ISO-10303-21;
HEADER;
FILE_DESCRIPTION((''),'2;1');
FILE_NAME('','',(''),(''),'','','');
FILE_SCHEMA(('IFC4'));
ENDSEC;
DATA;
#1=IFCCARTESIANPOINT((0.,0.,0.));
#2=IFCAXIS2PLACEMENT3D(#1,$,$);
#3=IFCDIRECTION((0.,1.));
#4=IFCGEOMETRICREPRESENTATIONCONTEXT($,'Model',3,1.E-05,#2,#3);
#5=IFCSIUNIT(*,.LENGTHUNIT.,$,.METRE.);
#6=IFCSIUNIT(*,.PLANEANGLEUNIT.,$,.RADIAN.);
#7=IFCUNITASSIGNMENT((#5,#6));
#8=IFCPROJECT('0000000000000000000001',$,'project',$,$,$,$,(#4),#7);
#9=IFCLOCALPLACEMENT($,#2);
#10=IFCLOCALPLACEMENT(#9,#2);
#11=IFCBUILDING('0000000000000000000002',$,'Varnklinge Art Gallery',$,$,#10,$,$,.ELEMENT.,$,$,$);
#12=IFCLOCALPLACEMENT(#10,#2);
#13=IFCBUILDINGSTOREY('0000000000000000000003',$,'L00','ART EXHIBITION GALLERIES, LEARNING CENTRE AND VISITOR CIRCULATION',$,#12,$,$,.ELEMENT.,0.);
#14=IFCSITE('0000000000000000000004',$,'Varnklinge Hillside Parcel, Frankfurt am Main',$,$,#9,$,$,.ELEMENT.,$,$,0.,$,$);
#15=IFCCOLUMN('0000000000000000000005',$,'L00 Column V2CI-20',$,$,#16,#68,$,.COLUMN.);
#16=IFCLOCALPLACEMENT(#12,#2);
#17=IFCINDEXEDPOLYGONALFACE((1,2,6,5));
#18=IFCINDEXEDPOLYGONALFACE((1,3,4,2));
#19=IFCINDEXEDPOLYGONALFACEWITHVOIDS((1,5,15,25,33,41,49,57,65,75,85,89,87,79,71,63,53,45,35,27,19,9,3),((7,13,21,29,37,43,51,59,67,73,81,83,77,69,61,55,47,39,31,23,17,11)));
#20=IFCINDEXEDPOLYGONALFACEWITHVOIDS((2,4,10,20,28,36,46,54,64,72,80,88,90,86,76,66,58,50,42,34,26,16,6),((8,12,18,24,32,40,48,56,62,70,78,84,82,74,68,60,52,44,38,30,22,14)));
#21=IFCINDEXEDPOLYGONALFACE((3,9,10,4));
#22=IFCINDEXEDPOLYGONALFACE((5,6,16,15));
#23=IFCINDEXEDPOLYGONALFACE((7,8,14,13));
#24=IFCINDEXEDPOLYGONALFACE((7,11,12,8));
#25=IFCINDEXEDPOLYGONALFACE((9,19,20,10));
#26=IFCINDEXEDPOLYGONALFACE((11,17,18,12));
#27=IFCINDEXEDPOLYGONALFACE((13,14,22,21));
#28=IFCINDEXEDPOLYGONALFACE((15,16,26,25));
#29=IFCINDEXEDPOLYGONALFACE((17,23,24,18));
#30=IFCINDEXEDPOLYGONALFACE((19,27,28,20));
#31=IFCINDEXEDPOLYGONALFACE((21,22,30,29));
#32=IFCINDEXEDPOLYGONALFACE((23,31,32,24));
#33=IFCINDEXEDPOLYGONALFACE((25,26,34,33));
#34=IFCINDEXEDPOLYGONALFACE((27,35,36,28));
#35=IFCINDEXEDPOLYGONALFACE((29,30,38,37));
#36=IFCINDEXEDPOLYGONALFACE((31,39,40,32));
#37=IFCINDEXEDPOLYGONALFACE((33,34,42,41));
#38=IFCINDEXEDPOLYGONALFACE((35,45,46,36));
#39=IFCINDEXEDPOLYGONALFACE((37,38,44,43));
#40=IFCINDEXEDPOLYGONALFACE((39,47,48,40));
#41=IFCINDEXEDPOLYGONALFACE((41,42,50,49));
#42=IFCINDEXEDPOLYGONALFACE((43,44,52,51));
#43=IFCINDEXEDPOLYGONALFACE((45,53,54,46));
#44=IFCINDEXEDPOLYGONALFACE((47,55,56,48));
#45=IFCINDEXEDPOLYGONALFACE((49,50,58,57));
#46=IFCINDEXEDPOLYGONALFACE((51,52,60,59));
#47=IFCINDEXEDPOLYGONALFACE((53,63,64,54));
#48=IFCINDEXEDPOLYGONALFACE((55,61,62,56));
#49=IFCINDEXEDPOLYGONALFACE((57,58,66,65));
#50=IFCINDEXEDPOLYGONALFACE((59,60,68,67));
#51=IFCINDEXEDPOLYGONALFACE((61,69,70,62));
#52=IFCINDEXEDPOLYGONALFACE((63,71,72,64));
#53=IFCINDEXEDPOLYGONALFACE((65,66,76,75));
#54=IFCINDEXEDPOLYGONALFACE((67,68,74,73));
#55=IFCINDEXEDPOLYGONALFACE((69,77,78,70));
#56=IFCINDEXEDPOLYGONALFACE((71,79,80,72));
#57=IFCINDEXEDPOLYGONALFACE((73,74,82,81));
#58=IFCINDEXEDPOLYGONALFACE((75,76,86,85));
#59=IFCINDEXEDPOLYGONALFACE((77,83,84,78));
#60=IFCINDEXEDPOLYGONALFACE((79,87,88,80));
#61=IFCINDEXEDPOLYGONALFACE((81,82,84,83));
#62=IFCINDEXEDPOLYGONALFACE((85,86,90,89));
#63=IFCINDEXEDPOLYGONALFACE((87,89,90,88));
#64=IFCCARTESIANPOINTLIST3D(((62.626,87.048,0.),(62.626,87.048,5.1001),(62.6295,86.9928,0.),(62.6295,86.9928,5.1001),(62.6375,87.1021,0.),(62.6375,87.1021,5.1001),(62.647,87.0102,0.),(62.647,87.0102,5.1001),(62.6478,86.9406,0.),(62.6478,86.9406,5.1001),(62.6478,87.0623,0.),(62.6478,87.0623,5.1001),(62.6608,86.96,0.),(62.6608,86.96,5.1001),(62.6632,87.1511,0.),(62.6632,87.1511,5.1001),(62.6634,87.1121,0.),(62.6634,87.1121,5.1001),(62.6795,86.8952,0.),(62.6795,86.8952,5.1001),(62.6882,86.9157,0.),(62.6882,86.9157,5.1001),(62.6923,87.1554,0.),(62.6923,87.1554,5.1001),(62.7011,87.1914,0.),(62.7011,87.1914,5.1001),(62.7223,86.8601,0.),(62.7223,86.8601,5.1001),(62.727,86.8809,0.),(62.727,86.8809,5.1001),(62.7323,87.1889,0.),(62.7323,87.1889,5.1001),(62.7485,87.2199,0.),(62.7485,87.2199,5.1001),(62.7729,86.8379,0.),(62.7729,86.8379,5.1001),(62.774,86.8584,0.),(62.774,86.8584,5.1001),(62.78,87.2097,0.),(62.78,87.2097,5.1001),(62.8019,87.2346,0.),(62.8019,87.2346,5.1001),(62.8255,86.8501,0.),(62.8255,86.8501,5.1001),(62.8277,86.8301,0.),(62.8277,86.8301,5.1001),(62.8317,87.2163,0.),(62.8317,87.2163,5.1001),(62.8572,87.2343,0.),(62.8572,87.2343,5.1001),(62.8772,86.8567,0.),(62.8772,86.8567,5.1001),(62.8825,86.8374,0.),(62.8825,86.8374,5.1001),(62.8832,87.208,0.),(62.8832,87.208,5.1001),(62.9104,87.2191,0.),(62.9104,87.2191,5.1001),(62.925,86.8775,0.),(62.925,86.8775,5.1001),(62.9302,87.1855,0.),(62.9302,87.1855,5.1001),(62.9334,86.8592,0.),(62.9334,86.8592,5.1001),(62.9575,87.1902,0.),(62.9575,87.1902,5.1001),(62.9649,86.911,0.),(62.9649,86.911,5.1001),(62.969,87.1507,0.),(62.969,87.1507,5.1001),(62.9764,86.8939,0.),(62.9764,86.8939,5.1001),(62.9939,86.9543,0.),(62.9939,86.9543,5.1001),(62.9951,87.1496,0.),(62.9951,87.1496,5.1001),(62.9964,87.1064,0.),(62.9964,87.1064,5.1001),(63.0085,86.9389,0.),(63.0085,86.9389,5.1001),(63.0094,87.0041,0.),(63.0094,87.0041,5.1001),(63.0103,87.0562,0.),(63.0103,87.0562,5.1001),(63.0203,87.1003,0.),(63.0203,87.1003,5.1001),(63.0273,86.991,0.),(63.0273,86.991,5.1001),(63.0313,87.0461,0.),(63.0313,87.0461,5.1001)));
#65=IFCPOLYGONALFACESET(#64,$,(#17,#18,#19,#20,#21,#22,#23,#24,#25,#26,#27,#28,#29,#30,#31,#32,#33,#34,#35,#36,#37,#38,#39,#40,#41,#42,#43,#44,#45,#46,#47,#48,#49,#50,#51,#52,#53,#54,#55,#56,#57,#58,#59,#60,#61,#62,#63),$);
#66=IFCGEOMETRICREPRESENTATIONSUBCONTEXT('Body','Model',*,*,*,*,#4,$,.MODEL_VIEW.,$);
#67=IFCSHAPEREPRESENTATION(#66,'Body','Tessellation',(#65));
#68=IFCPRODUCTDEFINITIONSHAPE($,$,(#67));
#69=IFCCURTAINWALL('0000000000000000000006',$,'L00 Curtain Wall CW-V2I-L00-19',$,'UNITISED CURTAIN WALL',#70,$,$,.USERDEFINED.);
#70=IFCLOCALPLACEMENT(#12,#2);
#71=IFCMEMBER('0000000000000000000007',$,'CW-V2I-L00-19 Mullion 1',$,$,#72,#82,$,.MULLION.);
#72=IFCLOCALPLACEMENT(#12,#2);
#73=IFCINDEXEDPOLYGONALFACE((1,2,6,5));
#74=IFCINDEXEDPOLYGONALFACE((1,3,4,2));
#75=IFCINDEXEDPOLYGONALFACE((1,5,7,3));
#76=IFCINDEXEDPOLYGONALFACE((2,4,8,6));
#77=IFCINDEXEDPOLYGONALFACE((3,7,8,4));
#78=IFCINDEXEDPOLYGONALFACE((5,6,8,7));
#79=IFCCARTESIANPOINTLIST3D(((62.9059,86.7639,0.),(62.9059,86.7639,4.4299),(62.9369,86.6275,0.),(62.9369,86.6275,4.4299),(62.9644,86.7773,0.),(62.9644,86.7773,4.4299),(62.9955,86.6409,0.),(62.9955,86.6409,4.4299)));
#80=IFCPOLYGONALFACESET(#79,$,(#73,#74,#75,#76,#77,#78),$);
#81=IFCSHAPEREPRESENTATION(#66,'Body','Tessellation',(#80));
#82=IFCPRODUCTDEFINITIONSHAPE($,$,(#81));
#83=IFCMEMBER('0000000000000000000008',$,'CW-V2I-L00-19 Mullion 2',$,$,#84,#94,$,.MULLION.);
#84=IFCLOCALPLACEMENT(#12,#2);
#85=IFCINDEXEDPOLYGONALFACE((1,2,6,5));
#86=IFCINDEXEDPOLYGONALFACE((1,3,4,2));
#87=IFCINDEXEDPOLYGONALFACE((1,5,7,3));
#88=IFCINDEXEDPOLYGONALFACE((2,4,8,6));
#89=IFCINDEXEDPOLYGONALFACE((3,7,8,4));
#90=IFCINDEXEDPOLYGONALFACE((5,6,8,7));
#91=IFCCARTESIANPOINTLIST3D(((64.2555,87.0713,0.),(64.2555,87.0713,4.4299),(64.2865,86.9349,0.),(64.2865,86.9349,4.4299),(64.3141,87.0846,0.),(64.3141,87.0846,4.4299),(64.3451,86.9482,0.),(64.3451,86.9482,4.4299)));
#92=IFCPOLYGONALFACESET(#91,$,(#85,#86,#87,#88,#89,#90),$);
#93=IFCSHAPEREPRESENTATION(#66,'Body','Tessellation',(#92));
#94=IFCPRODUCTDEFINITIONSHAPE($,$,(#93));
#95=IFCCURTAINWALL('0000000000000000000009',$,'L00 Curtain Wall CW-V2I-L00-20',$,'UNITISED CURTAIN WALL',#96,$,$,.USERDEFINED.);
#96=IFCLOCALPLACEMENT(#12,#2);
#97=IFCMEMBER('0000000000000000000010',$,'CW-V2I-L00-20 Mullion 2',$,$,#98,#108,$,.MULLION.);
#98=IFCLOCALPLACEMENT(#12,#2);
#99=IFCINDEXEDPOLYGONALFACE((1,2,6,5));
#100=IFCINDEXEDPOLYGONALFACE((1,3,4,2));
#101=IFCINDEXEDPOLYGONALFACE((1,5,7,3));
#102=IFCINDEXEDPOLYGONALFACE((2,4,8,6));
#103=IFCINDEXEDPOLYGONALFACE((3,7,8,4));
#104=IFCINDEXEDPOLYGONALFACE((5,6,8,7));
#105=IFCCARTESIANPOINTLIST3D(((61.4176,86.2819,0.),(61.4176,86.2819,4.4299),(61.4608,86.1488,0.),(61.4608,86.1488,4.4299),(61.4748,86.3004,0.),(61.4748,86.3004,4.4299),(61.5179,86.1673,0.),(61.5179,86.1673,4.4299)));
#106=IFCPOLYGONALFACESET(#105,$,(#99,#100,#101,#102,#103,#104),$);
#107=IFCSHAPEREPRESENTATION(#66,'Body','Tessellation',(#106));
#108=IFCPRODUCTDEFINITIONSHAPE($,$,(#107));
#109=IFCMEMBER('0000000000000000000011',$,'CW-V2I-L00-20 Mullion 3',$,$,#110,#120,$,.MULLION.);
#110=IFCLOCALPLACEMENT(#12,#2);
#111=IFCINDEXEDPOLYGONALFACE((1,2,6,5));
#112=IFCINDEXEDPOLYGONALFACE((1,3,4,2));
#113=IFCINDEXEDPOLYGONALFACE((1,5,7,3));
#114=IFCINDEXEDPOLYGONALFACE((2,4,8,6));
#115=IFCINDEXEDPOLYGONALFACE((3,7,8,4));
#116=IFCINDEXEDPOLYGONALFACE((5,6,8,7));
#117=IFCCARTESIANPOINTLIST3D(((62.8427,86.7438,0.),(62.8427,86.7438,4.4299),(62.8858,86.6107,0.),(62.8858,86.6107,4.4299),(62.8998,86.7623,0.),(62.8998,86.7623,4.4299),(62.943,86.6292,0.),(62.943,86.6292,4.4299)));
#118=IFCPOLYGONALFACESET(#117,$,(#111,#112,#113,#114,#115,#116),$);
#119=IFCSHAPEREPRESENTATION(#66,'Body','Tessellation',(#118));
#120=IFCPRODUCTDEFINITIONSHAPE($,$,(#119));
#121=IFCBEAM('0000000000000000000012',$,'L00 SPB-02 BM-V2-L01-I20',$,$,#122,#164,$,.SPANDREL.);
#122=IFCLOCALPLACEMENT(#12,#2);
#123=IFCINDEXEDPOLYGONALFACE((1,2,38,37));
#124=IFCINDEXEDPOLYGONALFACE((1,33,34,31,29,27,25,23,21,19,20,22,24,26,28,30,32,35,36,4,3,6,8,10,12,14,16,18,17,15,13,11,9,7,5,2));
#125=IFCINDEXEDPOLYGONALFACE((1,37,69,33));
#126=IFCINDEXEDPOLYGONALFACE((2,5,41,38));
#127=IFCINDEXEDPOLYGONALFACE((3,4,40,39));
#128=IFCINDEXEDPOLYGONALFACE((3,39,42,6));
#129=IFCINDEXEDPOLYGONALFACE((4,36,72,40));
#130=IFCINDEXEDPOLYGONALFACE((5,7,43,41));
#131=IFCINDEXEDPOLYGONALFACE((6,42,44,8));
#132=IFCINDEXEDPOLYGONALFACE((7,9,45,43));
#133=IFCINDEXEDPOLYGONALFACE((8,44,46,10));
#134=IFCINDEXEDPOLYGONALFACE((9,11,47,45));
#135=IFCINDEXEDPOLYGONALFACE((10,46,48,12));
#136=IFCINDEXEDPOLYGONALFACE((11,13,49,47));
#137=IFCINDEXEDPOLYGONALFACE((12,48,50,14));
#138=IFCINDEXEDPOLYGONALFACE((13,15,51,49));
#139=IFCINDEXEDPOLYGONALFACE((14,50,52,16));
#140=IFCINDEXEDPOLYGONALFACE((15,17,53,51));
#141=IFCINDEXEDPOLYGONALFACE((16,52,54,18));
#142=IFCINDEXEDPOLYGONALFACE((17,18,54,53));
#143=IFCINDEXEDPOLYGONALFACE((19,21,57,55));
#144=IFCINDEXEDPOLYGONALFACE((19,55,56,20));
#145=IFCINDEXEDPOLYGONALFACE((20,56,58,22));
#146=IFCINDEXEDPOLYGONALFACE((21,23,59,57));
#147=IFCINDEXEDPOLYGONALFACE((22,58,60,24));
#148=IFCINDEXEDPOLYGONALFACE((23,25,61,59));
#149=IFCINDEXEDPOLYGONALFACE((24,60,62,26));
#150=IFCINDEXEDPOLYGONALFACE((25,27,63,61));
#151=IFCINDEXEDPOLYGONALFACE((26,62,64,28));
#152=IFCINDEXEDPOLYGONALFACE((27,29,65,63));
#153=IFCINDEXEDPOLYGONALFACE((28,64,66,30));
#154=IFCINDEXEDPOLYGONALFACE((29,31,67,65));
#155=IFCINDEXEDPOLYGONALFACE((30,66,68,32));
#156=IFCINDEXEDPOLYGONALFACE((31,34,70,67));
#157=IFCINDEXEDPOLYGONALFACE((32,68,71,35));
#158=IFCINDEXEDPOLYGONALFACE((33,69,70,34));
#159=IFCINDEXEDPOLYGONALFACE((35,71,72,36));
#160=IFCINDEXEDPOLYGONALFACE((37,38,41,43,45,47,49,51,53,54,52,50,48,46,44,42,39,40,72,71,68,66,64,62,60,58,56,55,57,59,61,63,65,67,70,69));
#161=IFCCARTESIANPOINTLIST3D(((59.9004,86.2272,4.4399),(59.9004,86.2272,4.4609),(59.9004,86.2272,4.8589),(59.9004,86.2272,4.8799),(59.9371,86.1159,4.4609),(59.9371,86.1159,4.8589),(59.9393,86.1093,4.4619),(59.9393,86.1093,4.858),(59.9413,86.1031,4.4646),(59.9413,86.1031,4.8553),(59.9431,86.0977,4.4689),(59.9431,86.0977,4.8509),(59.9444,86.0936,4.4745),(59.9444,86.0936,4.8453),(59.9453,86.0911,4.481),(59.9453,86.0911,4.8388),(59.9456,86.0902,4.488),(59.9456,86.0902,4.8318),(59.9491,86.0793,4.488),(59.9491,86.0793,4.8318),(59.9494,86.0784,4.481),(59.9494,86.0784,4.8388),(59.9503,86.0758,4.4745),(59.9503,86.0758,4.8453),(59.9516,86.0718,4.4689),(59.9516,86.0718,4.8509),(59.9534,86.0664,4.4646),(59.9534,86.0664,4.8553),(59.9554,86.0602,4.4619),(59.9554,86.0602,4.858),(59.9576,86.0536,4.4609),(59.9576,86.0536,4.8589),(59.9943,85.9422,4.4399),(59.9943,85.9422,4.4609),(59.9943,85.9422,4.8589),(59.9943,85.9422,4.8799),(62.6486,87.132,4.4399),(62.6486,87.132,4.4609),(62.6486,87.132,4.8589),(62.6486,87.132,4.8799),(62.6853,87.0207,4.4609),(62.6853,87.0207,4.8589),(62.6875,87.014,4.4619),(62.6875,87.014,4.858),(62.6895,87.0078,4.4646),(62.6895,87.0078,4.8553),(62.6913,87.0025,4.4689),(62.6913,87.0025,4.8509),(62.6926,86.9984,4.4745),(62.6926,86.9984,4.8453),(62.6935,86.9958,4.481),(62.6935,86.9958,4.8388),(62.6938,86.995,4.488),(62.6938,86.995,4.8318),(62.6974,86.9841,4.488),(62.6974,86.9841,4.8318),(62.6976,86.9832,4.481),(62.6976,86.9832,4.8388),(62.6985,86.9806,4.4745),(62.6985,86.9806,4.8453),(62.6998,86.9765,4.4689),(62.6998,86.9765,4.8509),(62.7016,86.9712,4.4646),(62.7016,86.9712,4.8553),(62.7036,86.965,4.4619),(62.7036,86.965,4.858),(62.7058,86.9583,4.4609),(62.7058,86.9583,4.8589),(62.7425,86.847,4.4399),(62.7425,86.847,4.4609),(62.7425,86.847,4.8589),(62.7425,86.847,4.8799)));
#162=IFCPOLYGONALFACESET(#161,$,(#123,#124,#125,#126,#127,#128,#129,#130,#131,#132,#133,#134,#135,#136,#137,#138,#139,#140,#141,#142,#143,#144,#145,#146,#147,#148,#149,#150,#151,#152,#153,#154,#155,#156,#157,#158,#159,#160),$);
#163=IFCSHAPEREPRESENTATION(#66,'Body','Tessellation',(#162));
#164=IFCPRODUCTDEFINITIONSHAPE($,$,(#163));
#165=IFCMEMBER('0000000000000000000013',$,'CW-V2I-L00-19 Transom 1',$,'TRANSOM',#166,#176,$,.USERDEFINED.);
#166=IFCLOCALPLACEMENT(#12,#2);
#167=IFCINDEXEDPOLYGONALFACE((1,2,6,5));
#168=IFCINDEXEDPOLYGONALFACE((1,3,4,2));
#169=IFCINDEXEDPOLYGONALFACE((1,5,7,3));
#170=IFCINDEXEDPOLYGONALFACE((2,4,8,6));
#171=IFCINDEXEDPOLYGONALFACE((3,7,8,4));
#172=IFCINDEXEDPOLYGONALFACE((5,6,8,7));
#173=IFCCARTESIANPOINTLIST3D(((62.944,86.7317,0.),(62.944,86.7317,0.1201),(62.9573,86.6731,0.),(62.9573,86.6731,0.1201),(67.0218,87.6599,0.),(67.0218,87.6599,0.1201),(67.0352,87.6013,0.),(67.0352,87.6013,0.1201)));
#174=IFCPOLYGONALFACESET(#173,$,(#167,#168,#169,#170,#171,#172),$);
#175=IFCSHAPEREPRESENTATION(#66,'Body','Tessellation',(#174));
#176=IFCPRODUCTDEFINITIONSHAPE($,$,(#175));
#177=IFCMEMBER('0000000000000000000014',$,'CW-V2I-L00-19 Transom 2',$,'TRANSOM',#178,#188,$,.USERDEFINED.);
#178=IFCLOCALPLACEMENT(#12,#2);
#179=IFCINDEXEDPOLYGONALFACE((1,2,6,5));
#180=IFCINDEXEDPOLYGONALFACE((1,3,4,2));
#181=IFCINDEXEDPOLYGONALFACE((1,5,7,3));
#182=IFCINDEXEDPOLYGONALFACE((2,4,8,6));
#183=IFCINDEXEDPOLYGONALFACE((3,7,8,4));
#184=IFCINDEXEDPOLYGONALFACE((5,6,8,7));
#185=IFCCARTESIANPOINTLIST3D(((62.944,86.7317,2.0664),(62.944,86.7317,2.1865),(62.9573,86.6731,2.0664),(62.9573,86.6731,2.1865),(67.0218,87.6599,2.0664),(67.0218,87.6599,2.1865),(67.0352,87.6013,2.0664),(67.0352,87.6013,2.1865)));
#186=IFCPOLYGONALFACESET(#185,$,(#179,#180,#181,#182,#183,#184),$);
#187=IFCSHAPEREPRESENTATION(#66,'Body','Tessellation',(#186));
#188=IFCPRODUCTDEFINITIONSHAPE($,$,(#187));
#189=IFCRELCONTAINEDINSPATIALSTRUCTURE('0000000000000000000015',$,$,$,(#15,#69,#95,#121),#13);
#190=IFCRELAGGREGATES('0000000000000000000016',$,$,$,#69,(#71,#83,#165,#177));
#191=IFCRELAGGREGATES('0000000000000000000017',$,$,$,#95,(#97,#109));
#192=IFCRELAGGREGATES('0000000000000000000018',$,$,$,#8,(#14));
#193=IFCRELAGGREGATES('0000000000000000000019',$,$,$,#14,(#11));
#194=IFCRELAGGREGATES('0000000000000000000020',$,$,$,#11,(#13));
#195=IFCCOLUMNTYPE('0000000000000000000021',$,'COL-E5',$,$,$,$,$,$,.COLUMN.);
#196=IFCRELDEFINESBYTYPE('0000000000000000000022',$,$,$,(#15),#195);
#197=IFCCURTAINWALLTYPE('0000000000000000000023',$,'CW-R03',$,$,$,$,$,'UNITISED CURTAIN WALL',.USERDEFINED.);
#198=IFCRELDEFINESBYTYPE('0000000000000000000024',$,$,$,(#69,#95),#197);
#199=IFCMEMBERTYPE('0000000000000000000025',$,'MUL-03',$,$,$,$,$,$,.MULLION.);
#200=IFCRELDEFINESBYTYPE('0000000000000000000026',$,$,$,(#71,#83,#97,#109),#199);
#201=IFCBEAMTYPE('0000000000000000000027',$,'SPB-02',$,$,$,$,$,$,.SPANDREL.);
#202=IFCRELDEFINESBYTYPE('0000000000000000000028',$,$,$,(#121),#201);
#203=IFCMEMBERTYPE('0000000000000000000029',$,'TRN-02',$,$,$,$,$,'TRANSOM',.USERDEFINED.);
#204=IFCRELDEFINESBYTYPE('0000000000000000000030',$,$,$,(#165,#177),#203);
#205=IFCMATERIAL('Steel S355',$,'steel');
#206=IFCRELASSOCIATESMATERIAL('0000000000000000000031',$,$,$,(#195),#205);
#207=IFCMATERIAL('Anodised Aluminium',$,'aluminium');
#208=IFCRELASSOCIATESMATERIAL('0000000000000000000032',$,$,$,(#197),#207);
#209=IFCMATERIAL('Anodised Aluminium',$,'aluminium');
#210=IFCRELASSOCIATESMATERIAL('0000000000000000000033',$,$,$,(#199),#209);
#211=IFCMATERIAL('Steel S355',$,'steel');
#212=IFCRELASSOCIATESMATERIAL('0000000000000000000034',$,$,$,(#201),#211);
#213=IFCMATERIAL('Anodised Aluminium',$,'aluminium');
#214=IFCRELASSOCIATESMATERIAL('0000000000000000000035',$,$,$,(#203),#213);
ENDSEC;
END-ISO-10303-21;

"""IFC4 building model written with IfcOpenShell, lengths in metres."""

from ifc_helpers import new_model, si_unit, direction, frame, origin, origin_2d, place, context, subcontext, project, spatial, rectangle, hollow_circle, i_section, extrude, material, material_profile, profile_set, type_object, element, aggregate, save


model = new_model("IFC4")

# Units and contexts
model_context = context("Model", 3, precision=1e-05, world=origin(), true_north=direction((0.0, 1.0)))
body_context = subcontext(model_context, "Body", "Model", "MODEL_VIEW")
ifc_project = project(units=[si_unit("LENGTHUNIT", "METRE"), si_unit("PLANEANGLEUNIT", "RADIAN")], contexts=[model_context])

# Site, building, storey
site_placement = place(None, origin())
site = spatial("IfcSite", under=ifc_project, at=site_placement, Name="Varnklinge Hillside Parcel, Frankfurt am Main", CompositionType="ELEMENT", RefElevation=0.0)
building_placement = place(site_placement, origin())
building = spatial("IfcBuilding", under=site, at=building_placement, Name="Varnklinge Art Gallery", CompositionType="ELEMENT")
storey_placement = place(building_placement, origin())
storey = spatial("IfcBuildingStorey", under=building, at=storey_placement, Name="L00", Description="ART EXHIBITION GALLERIES, LEARNING CENTRE AND VISITOR CIRCULATION", CompositionType="ELEMENT", Elevation=0.0)

# Column
ifc_material_1 = material(Name="Steel S355", Category="steel")
ifc_material_profile_1 = material_profile(ifc_material_1, hollow_circle(Radius=0.2031, WallThickness=0.02, at=origin_2d()), Name="CHS 406.4x20")
ifc_profile_set_1 = profile_set([ifc_material_profile_1], Name="Steel S355")
column_type = type_object("IfcColumnType", Name="COL-E5", PredefinedType="COLUMN", material=ifc_profile_set_1)
column_placement = place(storey_placement, frame((62.8286, 87.0332, 0.0), z_axis=(0.0, 0.0, 1.0), x_axis=(0.265388, -0.964142, 0.0)))
element("IfcColumn", 1, at=column_placement, inside=storey, type_object=column_type, Name="L00 Column V2CI-20", PredefinedType="COLUMN", context=body_context, shape_type="SweptSolid", body=[
    extrude(hollow_circle(Radius=0.2031, WallThickness=0.02, at=origin_2d()), origin(), (0.0, 0.0, 1.0), 5.1001),
])

# Curtain walls, members
ifc_material_2 = material(Name="Anodised Aluminium", Category="aluminium")
curtain_wall_type_1 = type_object("IfcCurtainWallType", Name="CW-R03", ElementType="UNITISED CURTAIN WALL", PredefinedType="USERDEFINED", material=ifc_material_2)
curtain_wall_1_placement = place(storey_placement, origin())
curtain_wall_1 = element("IfcCurtainWall", 2, at=curtain_wall_1_placement, inside=storey, type_object=curtain_wall_type_1, Name="L00 Curtain Wall CW-V2I-L00-19", ObjectType="UNITISED CURTAIN WALL", PredefinedType="USERDEFINED")
ifc_material_3 = material(Name="Anodised Aluminium", Category="aluminium")
ifc_material_profile_2 = material_profile(ifc_material_3, rectangle(XDim=0.0601, YDim=0.1399, at=origin_2d()), Name="ALU 60x140")
ifc_profile_set_2 = profile_set([ifc_material_profile_2], Name="Anodised Aluminium")
member_type_1 = type_object("IfcMemberType", Name="MUL-03", PredefinedType="MULLION", material=ifc_profile_set_2)
member_1_placement = place(storey_placement, frame((62.9507, 86.7024, 0.0), z_axis=(0.0, 0.0, 1.0), x_axis=(0.975072, 0.221889, 0.0)))
member_1 = element("IfcMember", 3, at=member_1_placement, type_object=member_type_1, Name="CW-V2I-L00-19 Mullion 1", PredefinedType="MULLION", context=body_context, shape_type="SweptSolid", body=[
    extrude(rectangle(XDim=0.0601, YDim=0.1399, at=origin_2d()), origin(), (0.0, 0.0, 1.0), 4.4299),
])
member_2_placement = place(storey_placement, frame((64.3003, 87.0098, 0.0), z_axis=(0.0, 0.0, 1.0), x_axis=(0.975072, 0.221889, 0.0)))
member_2 = element("IfcMember", 4, at=member_2_placement, type_object=member_type_1, Name="CW-V2I-L00-19 Mullion 2", PredefinedType="MULLION", context=body_context, shape_type="SweptSolid", body=[
    extrude(rectangle(XDim=0.0601, YDim=0.1399, at=origin_2d()), origin(), (0.0, 0.0, 1.0), 4.4299),
])
curtain_wall_2_placement = place(storey_placement, origin())
curtain_wall_2 = element("IfcCurtainWall", 5, at=curtain_wall_2_placement, inside=storey, type_object=curtain_wall_type_1, Name="L00 Curtain Wall CW-V2I-L00-20", ObjectType="UNITISED CURTAIN WALL", PredefinedType="USERDEFINED")
member_3_placement = place(storey_placement, frame((61.4678, 86.2246, 0.0), z_axis=(0.0, 0.0, 1.0), x_axis=(0.951272, 0.308353, 0.0)))
member_3 = element("IfcMember", 6, at=member_3_placement, type_object=member_type_1, Name="CW-V2I-L00-20 Mullion 2", PredefinedType="MULLION", context=body_context, shape_type="SweptSolid", body=[
    extrude(rectangle(XDim=0.0601, YDim=0.1399, at=origin_2d()), origin(), (0.0, 0.0, 1.0), 4.4299),
])
member_4_placement = place(storey_placement, frame((62.8928, 86.6865, 0.0), z_axis=(0.0, 0.0, 1.0), x_axis=(0.951272, 0.308353, 0.0)))
member_4 = element("IfcMember", 7, at=member_4_placement, type_object=member_type_1, Name="CW-V2I-L00-20 Mullion 3", PredefinedType="MULLION", context=body_context, shape_type="SweptSolid", body=[
    extrude(rectangle(XDim=0.0601, YDim=0.1399, at=origin_2d()), origin(), (0.0, 0.0, 1.0), 4.4299),
])

# Beam
ifc_material_4 = material(Name="Steel S355", Category="steel")
ifc_material_profile_3 = material_profile(ifc_material_4, i_section(OverallWidth=0.3, OverallDepth=0.4399, WebThickness=0.0115, FlangeThickness=0.021, FilletRadius=0.0271, at=origin_2d()), Name="HEA 450")
ifc_profile_set_3 = profile_set([ifc_material_profile_3], Name="Steel S355")
beam_type = type_object("IfcBeamType", Name="SPB-02", PredefinedType="SPANDREL", material=ifc_profile_set_3)
beam_placement = place(storey_placement, frame((62.6956, 86.9895, 4.6599), z_axis=(-0.94985, -0.312707, 0.0), x_axis=(0.312707, -0.94985, 0.0)))
element("IfcBeam", 8, at=beam_placement, inside=storey, type_object=beam_type, Name="L00 SPB-02 BM-V2-L01-I20", PredefinedType="SPANDREL", context=body_context, shape_type="SweptSolid", body=[
    extrude(i_section(OverallWidth=0.3, OverallDepth=0.4399, WebThickness=0.0115, FlangeThickness=0.021, FilletRadius=0.0271, at=origin_2d()), origin(), (0.0, 0.0, 1.0), 2.8933),
])

# Members
ifc_material_5 = material(Name="Anodised Aluminium", Category="aluminium")
ifc_material_profile_4 = material_profile(ifc_material_5, rectangle(XDim=0.0601, YDim=0.1201, at=origin_2d()), Name="ALU 60x120")
ifc_profile_set_4 = profile_set([ifc_material_profile_4], Name="Anodised Aluminium")
member_type_2 = type_object("IfcMemberType", Name="TRN-02", ElementType="TRANSOM", PredefinedType="USERDEFINED", material=ifc_profile_set_4)
member_5_placement = place(storey_placement, frame((62.9507, 86.7024, 0.0601), z_axis=(0.975059, 0.221947, 0.0), x_axis=(-0.221947, 0.975059, 0.0)))
member_5 = element("IfcMember", 9, at=member_5_placement, type_object=member_type_2, Name="CW-V2I-L00-19 Transom 1", ObjectType="TRANSOM", PredefinedType="USERDEFINED", context=body_context, shape_type="SweptSolid", body=[
    extrude(rectangle(XDim=0.0601, YDim=0.1201, at=origin_2d()), origin(), (0.0, 0.0, 1.0), 4.1821),
])
member_6_placement = place(storey_placement, frame((62.9507, 86.7024, 2.1265), z_axis=(0.975059, 0.221947, 0.0), x_axis=(-0.221947, 0.975059, 0.0)))
member_6 = element("IfcMember", 10, at=member_6_placement, type_object=member_type_2, Name="CW-V2I-L00-19 Transom 2", ObjectType="TRANSOM", PredefinedType="USERDEFINED", context=body_context, shape_type="SweptSolid", body=[
    extrude(rectangle(XDim=0.0601, YDim=0.1201, at=origin_2d()), origin(), (0.0, 0.0, 1.0), 4.1821),
])

aggregate(curtain_wall_1, [member_1, member_2, member_5, member_6])
aggregate(curtain_wall_2, [member_3, member_4])

save(model, "model.ifc")
